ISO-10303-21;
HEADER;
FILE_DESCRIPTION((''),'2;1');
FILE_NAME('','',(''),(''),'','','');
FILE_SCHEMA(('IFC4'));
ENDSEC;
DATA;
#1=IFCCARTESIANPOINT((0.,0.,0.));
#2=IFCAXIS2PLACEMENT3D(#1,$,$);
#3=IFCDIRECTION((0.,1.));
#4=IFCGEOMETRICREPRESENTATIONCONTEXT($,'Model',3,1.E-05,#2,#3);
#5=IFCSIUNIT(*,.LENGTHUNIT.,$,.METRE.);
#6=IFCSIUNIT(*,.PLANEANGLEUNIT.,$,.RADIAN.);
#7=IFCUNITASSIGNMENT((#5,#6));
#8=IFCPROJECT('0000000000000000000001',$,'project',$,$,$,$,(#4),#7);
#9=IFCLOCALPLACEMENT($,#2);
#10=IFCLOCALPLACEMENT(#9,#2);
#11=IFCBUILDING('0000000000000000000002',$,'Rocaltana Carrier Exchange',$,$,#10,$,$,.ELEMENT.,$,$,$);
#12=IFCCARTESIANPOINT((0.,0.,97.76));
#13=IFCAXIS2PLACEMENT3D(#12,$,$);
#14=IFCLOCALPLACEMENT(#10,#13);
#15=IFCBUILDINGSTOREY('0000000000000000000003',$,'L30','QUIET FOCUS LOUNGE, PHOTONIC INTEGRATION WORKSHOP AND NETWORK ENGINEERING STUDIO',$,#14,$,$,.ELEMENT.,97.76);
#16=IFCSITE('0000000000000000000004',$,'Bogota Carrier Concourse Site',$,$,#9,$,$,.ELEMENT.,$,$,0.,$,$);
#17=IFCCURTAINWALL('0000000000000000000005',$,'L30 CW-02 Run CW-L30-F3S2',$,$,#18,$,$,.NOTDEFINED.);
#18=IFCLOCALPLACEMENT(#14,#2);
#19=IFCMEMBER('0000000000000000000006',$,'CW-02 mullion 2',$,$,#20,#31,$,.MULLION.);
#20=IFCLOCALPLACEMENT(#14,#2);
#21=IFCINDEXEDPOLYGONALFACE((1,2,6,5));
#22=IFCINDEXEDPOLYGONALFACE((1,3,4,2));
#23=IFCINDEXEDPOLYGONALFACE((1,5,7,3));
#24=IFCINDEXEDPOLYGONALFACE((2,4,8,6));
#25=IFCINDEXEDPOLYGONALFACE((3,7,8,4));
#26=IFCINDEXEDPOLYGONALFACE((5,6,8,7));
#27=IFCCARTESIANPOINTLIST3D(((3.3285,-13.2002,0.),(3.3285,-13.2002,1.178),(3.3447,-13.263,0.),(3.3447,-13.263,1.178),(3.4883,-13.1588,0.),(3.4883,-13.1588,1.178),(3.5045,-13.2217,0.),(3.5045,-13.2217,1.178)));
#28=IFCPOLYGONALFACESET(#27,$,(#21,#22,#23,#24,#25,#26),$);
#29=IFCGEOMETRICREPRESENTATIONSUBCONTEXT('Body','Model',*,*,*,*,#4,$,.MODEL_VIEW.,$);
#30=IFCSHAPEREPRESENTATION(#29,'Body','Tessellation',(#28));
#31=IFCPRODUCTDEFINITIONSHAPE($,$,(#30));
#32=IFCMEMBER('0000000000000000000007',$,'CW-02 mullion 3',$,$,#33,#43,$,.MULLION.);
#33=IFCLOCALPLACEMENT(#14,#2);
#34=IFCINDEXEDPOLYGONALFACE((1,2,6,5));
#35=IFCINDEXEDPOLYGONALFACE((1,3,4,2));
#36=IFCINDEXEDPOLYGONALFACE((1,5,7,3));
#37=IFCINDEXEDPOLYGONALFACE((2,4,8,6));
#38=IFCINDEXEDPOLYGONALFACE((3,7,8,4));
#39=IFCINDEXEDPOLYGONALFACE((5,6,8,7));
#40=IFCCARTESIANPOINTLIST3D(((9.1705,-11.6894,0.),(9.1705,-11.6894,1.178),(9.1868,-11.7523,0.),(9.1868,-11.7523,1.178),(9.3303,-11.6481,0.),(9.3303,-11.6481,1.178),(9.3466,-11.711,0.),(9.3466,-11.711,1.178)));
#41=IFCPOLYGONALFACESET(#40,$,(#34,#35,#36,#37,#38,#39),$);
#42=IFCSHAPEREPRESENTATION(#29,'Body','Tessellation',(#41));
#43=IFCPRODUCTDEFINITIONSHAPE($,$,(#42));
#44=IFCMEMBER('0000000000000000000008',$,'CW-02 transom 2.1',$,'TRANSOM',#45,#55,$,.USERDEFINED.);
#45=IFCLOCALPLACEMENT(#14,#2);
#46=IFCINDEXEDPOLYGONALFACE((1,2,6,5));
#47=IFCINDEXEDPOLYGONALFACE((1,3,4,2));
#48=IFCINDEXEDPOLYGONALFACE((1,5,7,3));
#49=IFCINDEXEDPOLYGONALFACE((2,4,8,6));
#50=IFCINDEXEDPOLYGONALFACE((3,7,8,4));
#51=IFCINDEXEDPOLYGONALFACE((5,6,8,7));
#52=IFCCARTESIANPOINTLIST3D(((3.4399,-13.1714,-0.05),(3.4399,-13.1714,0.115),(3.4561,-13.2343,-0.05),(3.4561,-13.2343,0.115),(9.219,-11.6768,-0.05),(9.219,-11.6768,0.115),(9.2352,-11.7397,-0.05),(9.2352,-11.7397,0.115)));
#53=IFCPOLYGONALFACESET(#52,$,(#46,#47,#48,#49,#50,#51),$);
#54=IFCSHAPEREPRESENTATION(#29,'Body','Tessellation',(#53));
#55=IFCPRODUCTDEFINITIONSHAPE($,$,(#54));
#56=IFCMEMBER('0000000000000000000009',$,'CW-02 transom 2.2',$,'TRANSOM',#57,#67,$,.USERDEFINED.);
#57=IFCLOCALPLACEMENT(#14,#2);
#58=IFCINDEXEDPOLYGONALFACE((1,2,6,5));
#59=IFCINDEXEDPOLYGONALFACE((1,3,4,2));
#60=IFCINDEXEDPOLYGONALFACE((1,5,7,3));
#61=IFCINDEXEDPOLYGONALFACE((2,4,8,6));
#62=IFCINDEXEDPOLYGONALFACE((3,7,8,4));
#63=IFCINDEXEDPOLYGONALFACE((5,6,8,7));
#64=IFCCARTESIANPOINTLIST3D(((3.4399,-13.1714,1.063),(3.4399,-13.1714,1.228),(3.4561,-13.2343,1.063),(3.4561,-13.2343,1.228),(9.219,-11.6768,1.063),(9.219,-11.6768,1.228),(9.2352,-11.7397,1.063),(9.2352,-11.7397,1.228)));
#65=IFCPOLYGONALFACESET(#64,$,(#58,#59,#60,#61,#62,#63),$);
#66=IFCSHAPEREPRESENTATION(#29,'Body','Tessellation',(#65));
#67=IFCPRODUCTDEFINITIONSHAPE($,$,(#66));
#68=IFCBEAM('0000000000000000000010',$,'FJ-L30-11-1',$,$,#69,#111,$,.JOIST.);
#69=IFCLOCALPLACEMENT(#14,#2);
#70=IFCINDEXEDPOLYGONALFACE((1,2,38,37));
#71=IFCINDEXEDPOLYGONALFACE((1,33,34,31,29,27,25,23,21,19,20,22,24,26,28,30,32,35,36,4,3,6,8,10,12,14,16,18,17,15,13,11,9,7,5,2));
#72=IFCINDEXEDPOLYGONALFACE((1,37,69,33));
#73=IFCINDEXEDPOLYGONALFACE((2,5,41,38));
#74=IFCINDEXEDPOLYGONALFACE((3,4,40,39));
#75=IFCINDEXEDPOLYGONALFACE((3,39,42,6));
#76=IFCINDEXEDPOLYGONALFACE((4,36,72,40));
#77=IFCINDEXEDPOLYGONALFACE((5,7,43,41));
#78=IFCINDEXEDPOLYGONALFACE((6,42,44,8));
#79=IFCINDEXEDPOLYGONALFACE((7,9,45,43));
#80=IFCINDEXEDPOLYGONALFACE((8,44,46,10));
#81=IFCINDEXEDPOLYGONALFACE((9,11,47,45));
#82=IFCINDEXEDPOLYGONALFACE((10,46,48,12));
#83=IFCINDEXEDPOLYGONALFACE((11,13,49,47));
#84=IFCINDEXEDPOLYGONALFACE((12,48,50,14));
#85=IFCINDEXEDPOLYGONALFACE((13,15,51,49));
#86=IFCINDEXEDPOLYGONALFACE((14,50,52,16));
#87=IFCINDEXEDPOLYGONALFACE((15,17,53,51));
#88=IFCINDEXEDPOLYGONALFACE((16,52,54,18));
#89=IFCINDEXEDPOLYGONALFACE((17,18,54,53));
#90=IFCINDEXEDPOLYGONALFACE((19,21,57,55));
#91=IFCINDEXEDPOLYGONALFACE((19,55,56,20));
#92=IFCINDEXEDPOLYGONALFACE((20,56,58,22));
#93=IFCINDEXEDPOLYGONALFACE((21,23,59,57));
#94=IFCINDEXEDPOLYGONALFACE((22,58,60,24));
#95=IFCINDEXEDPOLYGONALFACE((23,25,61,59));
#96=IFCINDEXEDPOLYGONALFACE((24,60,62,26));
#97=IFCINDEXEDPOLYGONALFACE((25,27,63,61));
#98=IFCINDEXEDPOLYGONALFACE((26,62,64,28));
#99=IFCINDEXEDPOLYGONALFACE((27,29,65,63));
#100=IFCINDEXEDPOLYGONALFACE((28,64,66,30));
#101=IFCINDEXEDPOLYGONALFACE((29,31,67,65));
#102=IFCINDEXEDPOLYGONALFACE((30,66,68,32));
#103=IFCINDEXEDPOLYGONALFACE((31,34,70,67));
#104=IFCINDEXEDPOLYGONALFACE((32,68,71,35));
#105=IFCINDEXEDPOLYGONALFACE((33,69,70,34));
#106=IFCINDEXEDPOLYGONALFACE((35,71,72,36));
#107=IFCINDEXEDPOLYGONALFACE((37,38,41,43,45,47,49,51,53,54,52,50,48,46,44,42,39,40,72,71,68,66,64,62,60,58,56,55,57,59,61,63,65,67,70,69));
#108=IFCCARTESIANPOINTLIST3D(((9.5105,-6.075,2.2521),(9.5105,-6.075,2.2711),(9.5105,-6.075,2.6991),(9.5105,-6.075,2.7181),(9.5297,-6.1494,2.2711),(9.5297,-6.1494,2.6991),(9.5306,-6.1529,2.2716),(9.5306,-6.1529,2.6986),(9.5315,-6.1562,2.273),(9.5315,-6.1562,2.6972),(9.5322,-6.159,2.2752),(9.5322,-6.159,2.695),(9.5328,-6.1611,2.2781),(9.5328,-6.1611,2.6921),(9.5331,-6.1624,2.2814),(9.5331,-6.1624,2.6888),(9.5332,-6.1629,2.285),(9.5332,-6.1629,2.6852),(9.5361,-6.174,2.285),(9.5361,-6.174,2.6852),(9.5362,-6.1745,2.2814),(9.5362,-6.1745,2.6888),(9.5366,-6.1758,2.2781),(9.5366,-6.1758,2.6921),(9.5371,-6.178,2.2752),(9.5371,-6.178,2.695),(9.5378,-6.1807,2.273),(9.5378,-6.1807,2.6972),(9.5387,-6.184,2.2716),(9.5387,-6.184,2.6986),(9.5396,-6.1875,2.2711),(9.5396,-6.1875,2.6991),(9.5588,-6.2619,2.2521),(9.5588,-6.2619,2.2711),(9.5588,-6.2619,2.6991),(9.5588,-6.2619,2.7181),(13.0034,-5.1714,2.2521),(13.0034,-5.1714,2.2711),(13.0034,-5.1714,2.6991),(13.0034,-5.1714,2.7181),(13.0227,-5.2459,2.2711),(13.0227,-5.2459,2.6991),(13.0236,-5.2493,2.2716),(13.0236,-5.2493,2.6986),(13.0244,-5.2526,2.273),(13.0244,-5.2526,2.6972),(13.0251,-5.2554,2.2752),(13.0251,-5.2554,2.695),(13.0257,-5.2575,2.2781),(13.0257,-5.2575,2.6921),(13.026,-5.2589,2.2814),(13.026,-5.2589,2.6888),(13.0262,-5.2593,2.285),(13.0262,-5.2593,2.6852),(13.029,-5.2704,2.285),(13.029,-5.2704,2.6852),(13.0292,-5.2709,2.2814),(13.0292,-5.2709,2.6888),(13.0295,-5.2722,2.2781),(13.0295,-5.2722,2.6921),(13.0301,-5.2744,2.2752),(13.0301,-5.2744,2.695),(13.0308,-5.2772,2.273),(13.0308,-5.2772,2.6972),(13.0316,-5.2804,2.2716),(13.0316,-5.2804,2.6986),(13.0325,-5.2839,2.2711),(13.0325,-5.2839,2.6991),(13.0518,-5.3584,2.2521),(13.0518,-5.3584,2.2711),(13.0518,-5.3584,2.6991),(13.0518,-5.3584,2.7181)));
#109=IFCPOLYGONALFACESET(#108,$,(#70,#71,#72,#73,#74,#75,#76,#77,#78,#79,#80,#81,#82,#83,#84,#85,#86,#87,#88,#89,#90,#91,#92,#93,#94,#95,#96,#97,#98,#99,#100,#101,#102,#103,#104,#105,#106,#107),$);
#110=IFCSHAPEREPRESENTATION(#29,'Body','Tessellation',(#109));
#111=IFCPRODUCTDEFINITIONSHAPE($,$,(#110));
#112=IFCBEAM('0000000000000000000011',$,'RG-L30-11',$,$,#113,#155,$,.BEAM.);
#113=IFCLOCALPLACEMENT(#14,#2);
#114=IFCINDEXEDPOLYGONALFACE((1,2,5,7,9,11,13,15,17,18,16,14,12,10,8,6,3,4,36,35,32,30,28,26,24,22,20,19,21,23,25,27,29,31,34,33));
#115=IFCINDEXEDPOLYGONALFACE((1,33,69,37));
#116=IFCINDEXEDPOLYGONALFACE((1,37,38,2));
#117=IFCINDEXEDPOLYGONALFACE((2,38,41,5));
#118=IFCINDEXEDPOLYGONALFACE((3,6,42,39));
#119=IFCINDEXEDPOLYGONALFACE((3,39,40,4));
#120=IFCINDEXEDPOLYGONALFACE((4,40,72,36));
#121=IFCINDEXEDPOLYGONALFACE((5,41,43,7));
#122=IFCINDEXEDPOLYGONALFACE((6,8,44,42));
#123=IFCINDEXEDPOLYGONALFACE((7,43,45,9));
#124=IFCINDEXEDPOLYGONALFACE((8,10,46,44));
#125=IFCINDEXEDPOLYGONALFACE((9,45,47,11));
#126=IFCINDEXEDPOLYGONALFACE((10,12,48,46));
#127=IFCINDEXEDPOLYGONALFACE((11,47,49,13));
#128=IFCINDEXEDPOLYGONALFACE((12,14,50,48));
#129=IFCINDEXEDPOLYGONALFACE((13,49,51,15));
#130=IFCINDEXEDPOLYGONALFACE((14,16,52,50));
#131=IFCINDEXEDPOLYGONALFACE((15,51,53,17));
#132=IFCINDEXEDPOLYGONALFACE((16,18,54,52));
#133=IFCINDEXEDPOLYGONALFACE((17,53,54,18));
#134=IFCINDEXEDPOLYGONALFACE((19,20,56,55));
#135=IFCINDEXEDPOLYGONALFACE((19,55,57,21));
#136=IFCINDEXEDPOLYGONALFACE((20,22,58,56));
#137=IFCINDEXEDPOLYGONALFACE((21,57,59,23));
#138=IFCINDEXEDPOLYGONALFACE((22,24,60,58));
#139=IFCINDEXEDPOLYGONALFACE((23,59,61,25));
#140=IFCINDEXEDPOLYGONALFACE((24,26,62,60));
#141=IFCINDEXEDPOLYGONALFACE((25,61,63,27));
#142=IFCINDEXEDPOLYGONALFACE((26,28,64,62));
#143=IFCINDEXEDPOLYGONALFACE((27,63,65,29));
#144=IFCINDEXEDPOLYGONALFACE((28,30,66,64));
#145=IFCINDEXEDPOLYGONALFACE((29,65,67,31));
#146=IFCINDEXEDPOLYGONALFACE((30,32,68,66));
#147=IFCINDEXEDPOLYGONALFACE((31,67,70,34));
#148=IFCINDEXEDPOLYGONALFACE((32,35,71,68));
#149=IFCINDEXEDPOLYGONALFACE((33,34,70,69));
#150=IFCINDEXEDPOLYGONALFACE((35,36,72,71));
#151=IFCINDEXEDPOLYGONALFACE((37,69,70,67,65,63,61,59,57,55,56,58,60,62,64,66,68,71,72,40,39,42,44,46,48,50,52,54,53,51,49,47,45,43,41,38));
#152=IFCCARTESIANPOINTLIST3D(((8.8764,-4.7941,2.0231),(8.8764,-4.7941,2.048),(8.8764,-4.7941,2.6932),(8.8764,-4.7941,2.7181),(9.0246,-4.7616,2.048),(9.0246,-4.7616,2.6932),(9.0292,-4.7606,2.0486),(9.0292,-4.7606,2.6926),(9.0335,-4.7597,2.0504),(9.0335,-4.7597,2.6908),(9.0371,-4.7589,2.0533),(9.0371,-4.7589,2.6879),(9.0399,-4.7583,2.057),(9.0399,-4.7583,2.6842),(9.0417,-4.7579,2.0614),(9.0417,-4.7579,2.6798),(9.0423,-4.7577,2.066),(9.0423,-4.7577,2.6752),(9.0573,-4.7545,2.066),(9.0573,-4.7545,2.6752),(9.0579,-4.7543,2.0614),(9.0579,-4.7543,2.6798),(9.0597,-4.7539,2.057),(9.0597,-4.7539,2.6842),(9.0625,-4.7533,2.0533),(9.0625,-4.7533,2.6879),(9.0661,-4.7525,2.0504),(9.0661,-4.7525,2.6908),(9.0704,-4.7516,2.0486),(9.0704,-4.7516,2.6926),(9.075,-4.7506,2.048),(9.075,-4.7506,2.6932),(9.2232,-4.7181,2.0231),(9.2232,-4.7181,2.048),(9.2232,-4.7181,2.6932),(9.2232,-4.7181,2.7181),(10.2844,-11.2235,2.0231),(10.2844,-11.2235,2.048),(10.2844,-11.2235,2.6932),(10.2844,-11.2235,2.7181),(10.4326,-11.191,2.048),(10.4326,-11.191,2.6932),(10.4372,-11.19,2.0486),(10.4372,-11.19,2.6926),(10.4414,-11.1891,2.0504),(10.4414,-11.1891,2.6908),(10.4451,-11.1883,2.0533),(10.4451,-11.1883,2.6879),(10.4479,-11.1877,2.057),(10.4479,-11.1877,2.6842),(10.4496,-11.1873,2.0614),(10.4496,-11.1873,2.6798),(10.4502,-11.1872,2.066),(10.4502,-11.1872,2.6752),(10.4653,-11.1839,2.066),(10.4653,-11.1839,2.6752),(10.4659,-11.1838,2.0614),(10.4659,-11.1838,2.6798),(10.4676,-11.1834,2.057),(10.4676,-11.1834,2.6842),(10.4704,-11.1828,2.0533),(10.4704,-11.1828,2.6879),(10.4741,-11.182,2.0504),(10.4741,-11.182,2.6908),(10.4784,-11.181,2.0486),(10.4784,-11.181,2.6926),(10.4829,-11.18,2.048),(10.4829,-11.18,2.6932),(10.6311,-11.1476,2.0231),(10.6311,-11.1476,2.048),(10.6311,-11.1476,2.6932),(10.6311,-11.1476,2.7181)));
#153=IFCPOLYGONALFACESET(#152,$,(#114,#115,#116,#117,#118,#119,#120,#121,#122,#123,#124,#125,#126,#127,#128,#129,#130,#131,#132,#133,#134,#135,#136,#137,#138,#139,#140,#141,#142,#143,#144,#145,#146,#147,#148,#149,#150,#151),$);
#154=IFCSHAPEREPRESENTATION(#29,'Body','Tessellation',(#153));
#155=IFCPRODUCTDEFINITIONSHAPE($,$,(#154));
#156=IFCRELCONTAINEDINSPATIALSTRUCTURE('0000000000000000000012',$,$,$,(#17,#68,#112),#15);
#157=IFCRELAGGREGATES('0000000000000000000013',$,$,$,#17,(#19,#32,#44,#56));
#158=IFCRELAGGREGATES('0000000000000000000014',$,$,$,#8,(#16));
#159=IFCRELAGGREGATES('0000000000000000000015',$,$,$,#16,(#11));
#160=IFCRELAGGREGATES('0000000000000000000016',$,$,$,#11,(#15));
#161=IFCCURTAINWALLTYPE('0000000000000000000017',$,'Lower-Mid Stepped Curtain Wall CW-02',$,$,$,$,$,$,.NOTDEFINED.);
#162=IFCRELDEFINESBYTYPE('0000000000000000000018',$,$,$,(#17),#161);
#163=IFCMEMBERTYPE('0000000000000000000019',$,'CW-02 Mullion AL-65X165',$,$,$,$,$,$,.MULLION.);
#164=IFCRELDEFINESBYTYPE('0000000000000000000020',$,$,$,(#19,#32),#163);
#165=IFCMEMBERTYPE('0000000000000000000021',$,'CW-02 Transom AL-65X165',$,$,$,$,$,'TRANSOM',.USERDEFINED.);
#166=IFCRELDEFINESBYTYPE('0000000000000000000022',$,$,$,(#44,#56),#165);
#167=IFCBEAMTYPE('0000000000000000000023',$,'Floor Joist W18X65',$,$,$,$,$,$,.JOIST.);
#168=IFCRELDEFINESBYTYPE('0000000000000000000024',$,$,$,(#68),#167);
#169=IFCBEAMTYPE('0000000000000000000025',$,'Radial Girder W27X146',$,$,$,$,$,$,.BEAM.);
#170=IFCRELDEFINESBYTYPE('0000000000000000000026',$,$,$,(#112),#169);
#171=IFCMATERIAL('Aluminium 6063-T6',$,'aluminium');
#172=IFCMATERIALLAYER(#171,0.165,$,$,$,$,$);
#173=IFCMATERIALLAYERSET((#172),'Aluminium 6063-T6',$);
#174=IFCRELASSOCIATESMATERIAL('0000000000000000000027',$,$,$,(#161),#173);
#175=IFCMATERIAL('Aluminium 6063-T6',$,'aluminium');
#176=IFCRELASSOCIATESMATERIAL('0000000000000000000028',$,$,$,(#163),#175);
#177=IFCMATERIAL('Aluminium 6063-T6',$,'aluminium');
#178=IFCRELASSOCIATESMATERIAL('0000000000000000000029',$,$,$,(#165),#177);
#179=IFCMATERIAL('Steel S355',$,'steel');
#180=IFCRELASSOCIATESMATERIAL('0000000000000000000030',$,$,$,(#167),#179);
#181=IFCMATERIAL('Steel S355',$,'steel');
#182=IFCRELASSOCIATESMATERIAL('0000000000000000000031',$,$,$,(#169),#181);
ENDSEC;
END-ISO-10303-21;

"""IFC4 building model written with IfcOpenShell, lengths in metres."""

from ifc_helpers import new_model, si_unit, direction, frame, origin, origin_2d, place, context, subcontext, project, spatial, rectangle, i_section, extrude, material, layer, layer_set, material_profile, profile_set, type_object, element, aggregate, save


model = new_model("IFC4")

# Units and contexts
model_context = context("Model", 3, precision=1e-05, world=origin(), true_north=direction((0.0, 1.0)))
body_context = subcontext(model_context, "Body", "Model", "MODEL_VIEW")
ifc_project = project(units=[si_unit("LENGTHUNIT", "METRE"), si_unit("PLANEANGLEUNIT", "RADIAN")], contexts=[model_context])

# Site, building, storey
site_placement = place(None, origin())
site = spatial("IfcSite", under=ifc_project, at=site_placement, Name="Bogota Carrier Concourse Site", CompositionType="ELEMENT", RefElevation=0.0)
building_placement = place(site_placement, origin())
building = spatial("IfcBuilding", under=site, at=building_placement, Name="Rocaltana Carrier Exchange", CompositionType="ELEMENT")
storey_placement = place(building_placement, frame((0.0, 0.0, 97.76)))
storey = spatial("IfcBuildingStorey", under=building, at=storey_placement, Name="L30", Description="QUIET FOCUS LOUNGE, PHOTONIC INTEGRATION WORKSHOP AND NETWORK ENGINEERING STUDIO", CompositionType="ELEMENT", Elevation=97.76)

# Curtain wall, members
ifc_material_1 = material(Name="Aluminium 6063-T6", Category="aluminium")
ifc_layer_1 = layer(ifc_material_1, 0.165)
ifc_layer_set_1 = layer_set([ifc_layer_1], Name="Aluminium 6063-T6")
curtain_wall_type = type_object("IfcCurtainWallType", Name="Lower-Mid Stepped Curtain Wall CW-02", PredefinedType="NOTDEFINED", material=ifc_layer_set_1)
curtain_wall_placement = place(storey_placement, origin())
curtain_wall = element("IfcCurtainWall", 1, at=curtain_wall_placement, inside=storey, type_object=curtain_wall_type, Name="L30 CW-02 Run CW-L30-F3S2", PredefinedType="NOTDEFINED")
ifc_material_2 = material(Name="Aluminium 6063-T6", Category="aluminium")
ifc_material_profile_1 = material_profile(ifc_material_2, rectangle(XDim=0.0649, YDim=0.165, at=origin_2d()), Name="AL-65X165")
ifc_profile_set_1 = profile_set([ifc_material_profile_1], Name="Aluminium 6063-T6")
member_type_1 = type_object("IfcMemberType", Name="CW-02 Mullion AL-65X165", PredefinedType="MULLION", material=ifc_profile_set_1)
member_1_placement = place(storey_placement, frame((3.4165, -13.2109, 0.0), z_axis=(0.0, 0.0, 1.0), x_axis=(-0.250378, 0.968148, 0.0)))
member_1 = element("IfcMember", 2, at=member_1_placement, type_object=member_type_1, Name="CW-02 mullion 2", PredefinedType="MULLION", context=body_context, shape_type="SweptSolid", body=[
    extrude(rectangle(XDim=0.0649, YDim=0.165, at=origin_2d()), origin(), (0.0, 0.0, 1.0), 1.178),
])
member_2_placement = place(storey_placement, frame((9.2585, -11.7002, 0.0), z_axis=(0.0, 0.0, 1.0), x_axis=(-0.250378, 0.968148, 0.0)))
member_2 = element("IfcMember", 3, at=member_2_placement, type_object=member_type_1, Name="CW-02 mullion 3", PredefinedType="MULLION", context=body_context, shape_type="SweptSolid", body=[
    extrude(rectangle(XDim=0.0649, YDim=0.165, at=origin_2d()), origin(), (0.0, 0.0, 1.0), 1.178),
])
ifc_material_3 = material(Name="Aluminium 6063-T6", Category="aluminium")
ifc_material_profile_2 = material_profile(ifc_material_3, rectangle(XDim=0.0649, YDim=0.165, at=origin_2d()), Name="AL-65X165")
ifc_profile_set_2 = profile_set([ifc_material_profile_2], Name="Aluminium 6063-T6")
member_type_2 = type_object("IfcMemberType", Name="CW-02 Transom AL-65X165", ElementType="TRANSOM", PredefinedType="USERDEFINED", material=ifc_profile_set_2)
member_3_placement = place(storey_placement, frame((3.448, -13.2029, 0.0325), z_axis=(0.968145, 0.25039, 0.0), x_axis=(-0.25039, 0.968145, 0.0)))
member_3 = element("IfcMember", 4, at=member_3_placement, type_object=member_type_2, Name="CW-02 transom 2.1", ObjectType="TRANSOM", PredefinedType="USERDEFINED", context=body_context, shape_type="SweptSolid", body=[
    extrude(rectangle(XDim=0.0649, YDim=0.165, at=origin_2d()), origin(), (0.0, 0.0, 1.0), 5.9692),
])
member_4_placement = place(storey_placement, frame((3.448, -13.2029, 1.1455), z_axis=(0.968145, 0.25039, 0.0), x_axis=(-0.25039, 0.968145, 0.0)))
member_4 = element("IfcMember", 5, at=member_4_placement, type_object=member_type_2, Name="CW-02 transom 2.2", ObjectType="TRANSOM", PredefinedType="USERDEFINED", context=body_context, shape_type="SweptSolid", body=[
    extrude(rectangle(XDim=0.0649, YDim=0.165, at=origin_2d()), origin(), (0.0, 0.0, 1.0), 5.9692),
])

# Beams
ifc_material_4 = material(Name="Steel S355", Category="steel")
ifc_material_profile_3 = material_profile(ifc_material_4, i_section(OverallWidth=0.1931, OverallDepth=0.4661, WebThickness=0.0115, FlangeThickness=0.019, FilletRadius=0.0139, at=origin_2d()), Name="W18X65")
ifc_profile_set_3 = profile_set([ifc_material_profile_3], Name="Steel S355")
beam_type_1 = type_object("IfcBeamType", Name="Floor Joist W18X65", PredefinedType="JOIST", material=ifc_profile_set_3)
beam_1_placement = place(storey_placement, frame((9.5347, -6.1685, 2.4851), z_axis=(0.968132, 0.250441, 0.0), x_axis=(-0.250441, 0.968132, 0.0)))
element("IfcBeam", 6, at=beam_1_placement, inside=storey, type_object=beam_type_1, Name="FJ-L30-11-1", PredefinedType="JOIST", context=body_context, shape_type="SweptSolid", body=[
    extrude(i_section(OverallWidth=0.1931, OverallDepth=0.4661, WebThickness=0.0115, FlangeThickness=0.019, FilletRadius=0.0139, at=origin_2d()), origin(), (0.0, 0.0, 1.0), 3.6079),
])
ifc_material_5 = material(Name="Steel S355", Category="steel")
ifc_material_profile_4 = material_profile(ifc_material_5, i_section(OverallWidth=0.355, OverallDepth=0.6951, WebThickness=0.0154, FlangeThickness=0.0249, FilletRadius=0.0181, at=origin_2d()), Name="W27X146")
ifc_profile_set_4 = profile_set([ifc_material_profile_4], Name="Steel S355")
beam_type_2 = type_object("IfcBeamType", Name="Radial Girder W27X146", PredefinedType="BEAM", material=ifc_profile_set_4)
beam_2_placement = place(storey_placement, frame((9.0498, -4.7561, 2.3706), z_axis=(0.213917, -0.976852, 0.0), x_axis=(0.976852, 0.213917, 0.0)))
element("IfcBeam", 7, at=beam_2_placement, inside=storey, type_object=beam_type_2, Name="RG-L30-11", PredefinedType="BEAM", context=body_context, shape_type="SweptSolid", body=[
    extrude(i_section(OverallWidth=0.355, OverallDepth=0.6951, WebThickness=0.0154, FlangeThickness=0.0249, FilletRadius=0.0181, at=origin_2d()), origin(), (0.0, 0.0, 1.0), 6.5818),
])

aggregate(curtain_wall, [member_1, member_2, member_3, member_4])

save(model, "model.ifc")
